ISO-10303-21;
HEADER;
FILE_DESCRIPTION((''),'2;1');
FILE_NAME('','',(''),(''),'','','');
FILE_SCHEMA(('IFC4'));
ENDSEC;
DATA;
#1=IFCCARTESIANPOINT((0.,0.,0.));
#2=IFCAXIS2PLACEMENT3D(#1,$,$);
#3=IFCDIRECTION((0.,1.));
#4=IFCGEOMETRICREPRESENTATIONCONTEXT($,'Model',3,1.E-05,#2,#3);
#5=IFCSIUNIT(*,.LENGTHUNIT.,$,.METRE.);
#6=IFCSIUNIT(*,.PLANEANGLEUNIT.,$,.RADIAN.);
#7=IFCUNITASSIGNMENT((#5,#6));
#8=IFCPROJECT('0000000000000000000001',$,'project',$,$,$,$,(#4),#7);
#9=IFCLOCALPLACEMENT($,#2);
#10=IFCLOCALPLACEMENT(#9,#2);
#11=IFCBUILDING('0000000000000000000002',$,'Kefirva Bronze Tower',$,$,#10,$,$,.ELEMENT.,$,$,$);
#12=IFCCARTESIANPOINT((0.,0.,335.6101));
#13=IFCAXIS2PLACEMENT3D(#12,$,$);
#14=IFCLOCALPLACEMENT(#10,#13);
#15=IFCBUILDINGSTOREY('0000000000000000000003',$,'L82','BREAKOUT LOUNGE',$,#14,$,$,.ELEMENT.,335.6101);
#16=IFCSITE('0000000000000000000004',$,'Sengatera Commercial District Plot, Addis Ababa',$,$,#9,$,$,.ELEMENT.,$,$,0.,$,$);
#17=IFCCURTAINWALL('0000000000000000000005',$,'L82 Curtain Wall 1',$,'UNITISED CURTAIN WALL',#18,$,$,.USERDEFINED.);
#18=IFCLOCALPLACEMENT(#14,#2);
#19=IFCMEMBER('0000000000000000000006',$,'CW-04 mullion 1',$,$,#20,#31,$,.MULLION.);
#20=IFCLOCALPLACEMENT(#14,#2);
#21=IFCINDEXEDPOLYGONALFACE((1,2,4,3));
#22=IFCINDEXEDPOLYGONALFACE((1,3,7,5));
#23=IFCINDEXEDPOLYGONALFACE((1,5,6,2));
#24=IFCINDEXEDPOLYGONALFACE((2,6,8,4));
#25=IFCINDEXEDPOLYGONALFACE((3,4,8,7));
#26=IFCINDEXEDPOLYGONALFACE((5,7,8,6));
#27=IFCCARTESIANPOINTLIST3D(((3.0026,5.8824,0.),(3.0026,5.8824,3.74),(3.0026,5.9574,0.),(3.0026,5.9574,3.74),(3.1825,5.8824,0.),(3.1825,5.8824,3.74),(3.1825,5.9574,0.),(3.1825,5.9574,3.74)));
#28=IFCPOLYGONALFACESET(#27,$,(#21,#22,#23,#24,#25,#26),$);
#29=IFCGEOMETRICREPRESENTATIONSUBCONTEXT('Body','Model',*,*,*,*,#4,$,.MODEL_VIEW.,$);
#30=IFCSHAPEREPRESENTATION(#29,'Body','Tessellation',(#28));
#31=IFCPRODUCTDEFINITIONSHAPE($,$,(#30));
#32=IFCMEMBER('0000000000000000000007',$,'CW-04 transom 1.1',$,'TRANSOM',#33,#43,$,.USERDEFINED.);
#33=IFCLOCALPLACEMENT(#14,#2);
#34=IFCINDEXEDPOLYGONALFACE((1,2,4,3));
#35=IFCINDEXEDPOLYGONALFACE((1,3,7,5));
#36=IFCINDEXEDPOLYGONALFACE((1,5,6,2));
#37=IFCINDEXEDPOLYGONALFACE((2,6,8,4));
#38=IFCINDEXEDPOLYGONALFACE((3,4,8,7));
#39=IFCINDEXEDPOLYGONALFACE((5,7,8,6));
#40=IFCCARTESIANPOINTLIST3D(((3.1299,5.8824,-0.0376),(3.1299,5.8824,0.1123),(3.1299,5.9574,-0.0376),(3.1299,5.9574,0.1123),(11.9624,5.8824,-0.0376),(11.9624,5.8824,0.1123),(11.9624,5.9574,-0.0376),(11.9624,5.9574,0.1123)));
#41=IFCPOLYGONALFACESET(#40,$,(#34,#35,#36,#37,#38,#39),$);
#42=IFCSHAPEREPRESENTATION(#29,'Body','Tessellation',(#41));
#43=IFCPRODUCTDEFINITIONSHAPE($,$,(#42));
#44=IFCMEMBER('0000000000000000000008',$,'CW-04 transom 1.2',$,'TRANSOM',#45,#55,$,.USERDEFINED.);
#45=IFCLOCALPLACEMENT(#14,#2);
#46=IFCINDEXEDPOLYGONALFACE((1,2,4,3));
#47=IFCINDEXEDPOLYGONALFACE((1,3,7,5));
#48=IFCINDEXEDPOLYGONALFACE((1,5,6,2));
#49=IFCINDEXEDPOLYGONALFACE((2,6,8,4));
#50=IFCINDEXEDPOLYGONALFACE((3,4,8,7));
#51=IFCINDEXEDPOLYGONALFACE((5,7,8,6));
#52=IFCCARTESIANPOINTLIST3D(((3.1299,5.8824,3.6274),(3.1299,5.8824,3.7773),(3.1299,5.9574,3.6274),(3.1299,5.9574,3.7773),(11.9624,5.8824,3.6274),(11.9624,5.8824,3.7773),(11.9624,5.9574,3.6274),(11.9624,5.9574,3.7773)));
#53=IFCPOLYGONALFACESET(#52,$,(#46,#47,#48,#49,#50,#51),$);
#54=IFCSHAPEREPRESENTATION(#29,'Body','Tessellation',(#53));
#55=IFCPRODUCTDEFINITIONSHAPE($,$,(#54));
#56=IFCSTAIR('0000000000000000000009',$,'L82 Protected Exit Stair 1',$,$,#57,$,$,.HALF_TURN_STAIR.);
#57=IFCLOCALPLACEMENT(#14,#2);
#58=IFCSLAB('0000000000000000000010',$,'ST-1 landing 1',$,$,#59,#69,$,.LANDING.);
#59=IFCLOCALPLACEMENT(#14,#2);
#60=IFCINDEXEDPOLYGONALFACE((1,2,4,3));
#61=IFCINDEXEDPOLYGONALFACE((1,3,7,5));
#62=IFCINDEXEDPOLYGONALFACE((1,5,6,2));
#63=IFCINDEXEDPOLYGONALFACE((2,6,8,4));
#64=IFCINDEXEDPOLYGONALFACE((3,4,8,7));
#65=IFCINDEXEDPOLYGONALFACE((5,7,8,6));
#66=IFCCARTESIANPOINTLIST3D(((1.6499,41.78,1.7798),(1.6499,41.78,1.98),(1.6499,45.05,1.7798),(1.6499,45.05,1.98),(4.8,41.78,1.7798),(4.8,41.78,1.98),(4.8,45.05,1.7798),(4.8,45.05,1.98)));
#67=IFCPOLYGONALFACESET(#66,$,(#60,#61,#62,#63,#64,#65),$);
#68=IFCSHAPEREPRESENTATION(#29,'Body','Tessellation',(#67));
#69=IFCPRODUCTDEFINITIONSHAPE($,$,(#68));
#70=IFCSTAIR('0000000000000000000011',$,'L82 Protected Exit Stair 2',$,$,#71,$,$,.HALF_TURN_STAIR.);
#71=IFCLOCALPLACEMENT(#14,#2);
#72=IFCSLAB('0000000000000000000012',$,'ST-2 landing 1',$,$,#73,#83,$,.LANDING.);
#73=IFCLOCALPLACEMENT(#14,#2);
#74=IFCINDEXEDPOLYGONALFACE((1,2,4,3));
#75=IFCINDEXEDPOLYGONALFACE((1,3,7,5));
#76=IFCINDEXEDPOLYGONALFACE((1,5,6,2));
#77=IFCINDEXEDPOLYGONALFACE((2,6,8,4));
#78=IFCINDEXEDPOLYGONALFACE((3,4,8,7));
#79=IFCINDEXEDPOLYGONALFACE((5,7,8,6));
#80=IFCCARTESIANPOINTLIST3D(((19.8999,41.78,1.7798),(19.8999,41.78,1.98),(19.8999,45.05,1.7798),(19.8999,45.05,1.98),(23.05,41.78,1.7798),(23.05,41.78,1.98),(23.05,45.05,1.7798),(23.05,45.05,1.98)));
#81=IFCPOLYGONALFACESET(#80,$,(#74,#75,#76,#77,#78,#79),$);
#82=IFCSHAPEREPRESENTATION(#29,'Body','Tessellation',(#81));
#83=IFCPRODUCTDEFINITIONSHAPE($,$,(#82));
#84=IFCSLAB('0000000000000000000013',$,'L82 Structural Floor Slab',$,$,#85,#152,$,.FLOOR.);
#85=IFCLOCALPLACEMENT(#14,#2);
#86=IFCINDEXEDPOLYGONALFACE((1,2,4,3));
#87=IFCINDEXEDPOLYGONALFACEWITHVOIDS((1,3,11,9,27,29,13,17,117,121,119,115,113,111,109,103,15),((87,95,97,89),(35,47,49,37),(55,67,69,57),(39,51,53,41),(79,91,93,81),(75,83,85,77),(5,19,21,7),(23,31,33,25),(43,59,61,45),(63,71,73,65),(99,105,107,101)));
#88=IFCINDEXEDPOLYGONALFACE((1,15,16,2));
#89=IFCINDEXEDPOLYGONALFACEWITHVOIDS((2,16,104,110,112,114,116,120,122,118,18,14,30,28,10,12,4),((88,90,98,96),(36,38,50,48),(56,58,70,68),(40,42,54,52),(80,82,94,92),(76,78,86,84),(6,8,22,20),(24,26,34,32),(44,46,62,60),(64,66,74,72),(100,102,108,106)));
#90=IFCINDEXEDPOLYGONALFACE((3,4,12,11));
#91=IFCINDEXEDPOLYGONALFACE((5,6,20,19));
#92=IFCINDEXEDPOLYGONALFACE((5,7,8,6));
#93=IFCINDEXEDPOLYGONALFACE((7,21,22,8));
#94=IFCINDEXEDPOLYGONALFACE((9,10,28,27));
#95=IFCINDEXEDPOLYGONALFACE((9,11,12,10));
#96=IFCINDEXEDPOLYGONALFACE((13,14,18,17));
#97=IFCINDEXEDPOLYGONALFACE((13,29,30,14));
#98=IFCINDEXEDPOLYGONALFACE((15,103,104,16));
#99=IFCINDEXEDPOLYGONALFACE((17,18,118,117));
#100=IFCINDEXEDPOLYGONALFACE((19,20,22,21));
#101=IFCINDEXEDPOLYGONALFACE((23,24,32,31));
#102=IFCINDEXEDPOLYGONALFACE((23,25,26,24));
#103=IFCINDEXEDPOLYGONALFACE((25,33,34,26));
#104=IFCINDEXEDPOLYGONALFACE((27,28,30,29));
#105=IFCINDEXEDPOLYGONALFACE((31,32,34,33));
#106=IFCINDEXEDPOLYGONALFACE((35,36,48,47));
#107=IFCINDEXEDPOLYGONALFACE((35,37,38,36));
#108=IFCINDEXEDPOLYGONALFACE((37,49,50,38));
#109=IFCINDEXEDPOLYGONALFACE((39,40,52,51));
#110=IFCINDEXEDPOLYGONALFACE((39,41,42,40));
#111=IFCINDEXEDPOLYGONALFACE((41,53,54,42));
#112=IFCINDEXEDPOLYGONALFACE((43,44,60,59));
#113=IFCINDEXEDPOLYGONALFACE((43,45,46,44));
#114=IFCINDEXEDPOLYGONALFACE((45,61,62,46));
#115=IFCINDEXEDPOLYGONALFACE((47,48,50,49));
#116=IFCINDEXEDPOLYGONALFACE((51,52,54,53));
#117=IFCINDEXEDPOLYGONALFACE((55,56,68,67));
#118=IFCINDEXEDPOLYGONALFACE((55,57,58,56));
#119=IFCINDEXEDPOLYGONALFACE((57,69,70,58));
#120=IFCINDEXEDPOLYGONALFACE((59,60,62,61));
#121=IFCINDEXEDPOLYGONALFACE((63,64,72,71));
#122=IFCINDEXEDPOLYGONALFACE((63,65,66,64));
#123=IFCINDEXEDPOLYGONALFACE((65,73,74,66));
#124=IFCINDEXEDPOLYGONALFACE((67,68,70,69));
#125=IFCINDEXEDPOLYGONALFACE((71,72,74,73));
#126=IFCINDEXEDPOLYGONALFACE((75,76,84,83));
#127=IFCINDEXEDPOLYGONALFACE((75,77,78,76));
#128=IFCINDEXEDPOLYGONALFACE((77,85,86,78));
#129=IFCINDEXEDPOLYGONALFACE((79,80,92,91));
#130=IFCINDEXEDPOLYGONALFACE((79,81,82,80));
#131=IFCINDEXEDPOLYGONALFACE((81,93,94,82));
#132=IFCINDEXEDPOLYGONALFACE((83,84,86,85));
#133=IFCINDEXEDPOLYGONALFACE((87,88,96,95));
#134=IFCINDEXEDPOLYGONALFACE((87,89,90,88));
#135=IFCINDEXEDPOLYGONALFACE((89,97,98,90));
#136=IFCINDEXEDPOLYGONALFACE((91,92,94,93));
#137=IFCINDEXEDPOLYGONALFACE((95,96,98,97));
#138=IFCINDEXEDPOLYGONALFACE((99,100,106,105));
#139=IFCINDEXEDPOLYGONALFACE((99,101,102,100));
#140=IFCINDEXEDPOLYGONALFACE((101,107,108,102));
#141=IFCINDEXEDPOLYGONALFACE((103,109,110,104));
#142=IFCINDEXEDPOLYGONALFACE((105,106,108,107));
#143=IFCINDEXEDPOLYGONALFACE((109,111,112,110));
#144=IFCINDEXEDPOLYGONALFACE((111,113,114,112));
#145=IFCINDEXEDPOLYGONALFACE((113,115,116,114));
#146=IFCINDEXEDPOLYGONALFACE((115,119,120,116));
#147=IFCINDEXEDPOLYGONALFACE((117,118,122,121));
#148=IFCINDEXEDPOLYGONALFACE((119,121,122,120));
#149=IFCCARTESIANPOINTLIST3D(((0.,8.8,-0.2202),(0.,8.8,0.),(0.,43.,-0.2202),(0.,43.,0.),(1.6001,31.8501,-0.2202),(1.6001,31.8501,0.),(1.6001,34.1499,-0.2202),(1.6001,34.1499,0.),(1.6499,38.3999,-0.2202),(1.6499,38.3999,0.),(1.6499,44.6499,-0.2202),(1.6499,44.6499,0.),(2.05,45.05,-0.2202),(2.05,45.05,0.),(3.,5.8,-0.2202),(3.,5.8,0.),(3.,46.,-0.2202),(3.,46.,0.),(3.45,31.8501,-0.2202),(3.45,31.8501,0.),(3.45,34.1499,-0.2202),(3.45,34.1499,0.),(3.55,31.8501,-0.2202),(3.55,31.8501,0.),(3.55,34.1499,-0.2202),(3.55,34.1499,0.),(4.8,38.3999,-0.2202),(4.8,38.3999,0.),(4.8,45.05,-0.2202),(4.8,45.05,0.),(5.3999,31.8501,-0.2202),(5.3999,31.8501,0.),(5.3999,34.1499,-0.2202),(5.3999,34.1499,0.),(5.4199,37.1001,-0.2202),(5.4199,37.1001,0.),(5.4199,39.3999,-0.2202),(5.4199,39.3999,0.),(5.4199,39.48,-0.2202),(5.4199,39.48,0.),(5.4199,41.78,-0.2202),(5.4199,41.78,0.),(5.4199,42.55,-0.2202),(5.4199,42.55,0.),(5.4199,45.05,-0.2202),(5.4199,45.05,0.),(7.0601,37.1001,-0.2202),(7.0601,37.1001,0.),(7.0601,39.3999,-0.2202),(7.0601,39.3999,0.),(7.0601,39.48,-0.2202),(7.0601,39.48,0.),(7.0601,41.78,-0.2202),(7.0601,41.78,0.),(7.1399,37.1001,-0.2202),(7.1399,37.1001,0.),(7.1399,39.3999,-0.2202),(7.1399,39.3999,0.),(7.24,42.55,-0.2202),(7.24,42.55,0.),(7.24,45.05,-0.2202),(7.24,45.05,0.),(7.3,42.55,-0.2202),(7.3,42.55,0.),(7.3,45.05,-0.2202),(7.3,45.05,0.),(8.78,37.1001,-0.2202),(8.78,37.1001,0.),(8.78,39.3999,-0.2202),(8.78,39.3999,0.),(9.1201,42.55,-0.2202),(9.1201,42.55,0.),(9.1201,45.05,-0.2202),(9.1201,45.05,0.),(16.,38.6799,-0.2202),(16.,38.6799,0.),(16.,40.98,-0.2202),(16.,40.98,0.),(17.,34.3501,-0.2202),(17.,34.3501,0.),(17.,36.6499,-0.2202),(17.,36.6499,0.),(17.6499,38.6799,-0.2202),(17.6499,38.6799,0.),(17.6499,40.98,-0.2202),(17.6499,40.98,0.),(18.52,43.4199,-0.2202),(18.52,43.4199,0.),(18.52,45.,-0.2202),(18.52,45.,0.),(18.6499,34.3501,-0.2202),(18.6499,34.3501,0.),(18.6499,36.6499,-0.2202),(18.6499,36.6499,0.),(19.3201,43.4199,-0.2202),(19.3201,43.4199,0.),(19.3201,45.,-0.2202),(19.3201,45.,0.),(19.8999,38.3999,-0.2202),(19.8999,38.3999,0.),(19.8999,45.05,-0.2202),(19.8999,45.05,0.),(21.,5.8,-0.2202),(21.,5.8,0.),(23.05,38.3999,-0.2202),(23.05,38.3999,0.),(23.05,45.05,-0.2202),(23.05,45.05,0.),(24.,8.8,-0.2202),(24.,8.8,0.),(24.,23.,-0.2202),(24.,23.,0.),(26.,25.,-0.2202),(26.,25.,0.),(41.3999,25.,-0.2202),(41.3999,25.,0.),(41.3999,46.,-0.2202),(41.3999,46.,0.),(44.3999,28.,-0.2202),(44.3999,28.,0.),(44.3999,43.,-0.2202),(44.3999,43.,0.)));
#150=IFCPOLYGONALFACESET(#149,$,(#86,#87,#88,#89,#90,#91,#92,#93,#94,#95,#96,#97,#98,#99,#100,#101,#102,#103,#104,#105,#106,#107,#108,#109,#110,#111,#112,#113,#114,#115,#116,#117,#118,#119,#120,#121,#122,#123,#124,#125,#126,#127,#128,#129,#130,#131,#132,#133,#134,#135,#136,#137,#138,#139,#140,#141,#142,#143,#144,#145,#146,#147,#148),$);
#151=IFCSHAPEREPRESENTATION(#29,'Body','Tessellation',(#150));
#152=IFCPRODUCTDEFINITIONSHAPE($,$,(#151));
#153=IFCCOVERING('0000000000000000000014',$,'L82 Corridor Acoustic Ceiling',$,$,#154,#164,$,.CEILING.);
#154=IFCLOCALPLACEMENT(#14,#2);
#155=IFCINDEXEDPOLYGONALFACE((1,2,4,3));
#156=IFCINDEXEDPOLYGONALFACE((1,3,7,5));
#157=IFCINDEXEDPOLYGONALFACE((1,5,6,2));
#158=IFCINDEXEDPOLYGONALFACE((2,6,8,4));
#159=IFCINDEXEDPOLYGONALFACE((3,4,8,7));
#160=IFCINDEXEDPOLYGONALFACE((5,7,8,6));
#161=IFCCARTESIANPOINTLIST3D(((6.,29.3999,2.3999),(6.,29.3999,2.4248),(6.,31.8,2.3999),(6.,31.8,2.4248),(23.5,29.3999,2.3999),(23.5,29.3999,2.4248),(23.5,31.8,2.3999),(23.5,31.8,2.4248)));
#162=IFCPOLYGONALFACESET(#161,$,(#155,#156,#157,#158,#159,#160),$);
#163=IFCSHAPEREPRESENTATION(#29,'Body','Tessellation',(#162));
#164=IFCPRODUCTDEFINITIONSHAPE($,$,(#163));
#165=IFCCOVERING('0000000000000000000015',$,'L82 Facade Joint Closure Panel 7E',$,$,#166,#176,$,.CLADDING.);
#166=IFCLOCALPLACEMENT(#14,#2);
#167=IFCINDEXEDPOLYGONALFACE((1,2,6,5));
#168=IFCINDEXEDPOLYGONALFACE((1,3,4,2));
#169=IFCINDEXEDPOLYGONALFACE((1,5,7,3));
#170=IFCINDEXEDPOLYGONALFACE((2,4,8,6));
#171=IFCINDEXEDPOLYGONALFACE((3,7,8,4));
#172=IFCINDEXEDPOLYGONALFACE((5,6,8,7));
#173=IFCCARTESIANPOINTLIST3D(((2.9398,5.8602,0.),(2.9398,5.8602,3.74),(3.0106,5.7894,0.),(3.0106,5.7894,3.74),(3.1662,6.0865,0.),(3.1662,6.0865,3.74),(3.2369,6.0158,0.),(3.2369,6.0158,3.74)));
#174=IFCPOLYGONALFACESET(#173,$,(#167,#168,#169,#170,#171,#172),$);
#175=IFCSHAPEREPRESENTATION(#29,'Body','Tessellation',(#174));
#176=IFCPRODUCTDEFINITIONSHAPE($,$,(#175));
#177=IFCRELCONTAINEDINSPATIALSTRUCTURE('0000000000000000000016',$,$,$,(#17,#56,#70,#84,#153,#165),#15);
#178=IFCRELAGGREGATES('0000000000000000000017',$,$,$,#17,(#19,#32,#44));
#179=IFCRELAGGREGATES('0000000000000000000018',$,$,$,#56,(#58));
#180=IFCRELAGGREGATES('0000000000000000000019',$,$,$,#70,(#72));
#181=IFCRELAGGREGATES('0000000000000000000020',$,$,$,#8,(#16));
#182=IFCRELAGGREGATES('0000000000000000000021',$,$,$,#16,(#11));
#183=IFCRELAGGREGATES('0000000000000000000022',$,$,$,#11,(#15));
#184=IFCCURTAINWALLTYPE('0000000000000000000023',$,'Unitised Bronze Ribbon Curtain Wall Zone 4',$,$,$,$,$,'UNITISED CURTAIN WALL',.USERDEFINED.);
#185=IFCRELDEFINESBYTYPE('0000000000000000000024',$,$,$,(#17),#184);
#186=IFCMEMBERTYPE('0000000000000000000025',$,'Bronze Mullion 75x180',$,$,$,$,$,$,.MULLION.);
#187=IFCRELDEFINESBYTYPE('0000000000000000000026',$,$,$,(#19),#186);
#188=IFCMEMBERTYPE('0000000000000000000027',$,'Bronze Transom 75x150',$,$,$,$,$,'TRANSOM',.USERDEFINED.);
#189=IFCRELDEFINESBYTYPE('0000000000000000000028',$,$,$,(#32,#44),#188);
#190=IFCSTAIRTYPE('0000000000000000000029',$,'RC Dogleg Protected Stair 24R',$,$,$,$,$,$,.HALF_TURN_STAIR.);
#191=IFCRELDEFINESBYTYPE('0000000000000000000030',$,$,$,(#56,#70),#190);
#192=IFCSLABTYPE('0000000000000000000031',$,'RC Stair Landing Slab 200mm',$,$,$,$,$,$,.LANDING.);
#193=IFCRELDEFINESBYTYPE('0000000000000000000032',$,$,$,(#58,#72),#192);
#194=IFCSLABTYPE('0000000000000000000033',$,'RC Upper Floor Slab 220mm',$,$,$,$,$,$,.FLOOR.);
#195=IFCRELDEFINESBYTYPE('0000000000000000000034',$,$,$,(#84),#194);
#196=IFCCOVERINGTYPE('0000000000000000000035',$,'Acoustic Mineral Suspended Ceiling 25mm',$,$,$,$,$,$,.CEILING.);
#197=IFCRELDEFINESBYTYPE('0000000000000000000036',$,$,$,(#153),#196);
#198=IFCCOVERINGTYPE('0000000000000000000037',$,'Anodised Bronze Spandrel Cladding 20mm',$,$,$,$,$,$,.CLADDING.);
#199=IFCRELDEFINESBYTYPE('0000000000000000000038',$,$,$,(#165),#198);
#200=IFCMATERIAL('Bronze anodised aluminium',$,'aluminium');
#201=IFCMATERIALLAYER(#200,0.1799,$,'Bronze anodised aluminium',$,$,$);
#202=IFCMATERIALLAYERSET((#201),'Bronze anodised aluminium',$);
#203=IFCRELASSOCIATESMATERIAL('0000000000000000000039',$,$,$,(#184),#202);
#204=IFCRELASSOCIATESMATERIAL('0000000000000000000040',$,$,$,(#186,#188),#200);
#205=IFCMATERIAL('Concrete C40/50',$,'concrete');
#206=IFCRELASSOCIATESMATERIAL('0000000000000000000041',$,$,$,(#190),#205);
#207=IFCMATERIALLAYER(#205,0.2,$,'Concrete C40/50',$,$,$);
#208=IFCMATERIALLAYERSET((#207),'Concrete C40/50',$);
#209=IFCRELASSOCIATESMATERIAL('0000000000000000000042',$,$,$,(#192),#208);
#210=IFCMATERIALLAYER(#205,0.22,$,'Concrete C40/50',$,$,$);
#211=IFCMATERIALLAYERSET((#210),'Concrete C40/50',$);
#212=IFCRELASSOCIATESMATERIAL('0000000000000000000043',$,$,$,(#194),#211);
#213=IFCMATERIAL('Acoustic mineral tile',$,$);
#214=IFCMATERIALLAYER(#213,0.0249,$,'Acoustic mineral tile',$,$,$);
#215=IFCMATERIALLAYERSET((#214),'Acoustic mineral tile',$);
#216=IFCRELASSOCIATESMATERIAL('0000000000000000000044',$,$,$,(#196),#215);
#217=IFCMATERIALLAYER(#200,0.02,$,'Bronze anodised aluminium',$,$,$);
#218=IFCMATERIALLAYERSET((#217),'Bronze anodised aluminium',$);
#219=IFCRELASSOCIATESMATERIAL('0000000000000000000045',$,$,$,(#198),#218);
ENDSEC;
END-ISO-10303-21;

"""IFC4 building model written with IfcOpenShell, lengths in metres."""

from ifc_helpers import new_model, si_unit, direction, frame, origin, origin_2d, place, context, subcontext, project, spatial, polyline, rectangle, outline, extrude, material, layer, layer_set, material_profile, profile_set, type_object, element, aggregate, save


model = new_model("IFC4")

# Units and contexts
model_context = context("Model", 3, precision=1e-05, world=origin(), true_north=direction((0.0, 1.0)))
body_context = subcontext(model_context, "Body", "Model", "MODEL_VIEW")
ifc_project = project(units=[si_unit("LENGTHUNIT", "METRE"), si_unit("PLANEANGLEUNIT", "RADIAN")], contexts=[model_context])

# Site, building, storey
site_placement = place(None, origin())
site = spatial("IfcSite", under=ifc_project, at=site_placement, Name="Sengatera Commercial District Plot, Addis Ababa", CompositionType="ELEMENT", RefElevation=0.0)
building_placement = place(site_placement, origin())
building = spatial("IfcBuilding", under=site, at=building_placement, Name="Kefirva Bronze Tower", CompositionType="ELEMENT")
storey_placement = place(building_placement, frame((0.0, 0.0, 335.6101)))
storey = spatial("IfcBuildingStorey", under=building, at=storey_placement, Name="L82", Description="BREAKOUT LOUNGE", CompositionType="ELEMENT", Elevation=335.6101)

# Curtain wall, members
ifc_material_1 = material(Name="Bronze anodised aluminium", Category="aluminium")
ifc_layer_1 = layer(ifc_material_1, 0.1799, Name="Bronze anodised aluminium")
ifc_layer_set_1 = layer_set([ifc_layer_1], Name="Bronze anodised aluminium")
curtain_wall_type = type_object("IfcCurtainWallType", Name="Unitised Bronze Ribbon Curtain Wall Zone 4", ElementType="UNITISED CURTAIN WALL", PredefinedType="USERDEFINED", material=ifc_layer_set_1)
curtain_wall_placement = place(storey_placement, origin())
curtain_wall = element("IfcCurtainWall", 1, at=curtain_wall_placement, inside=storey, type_object=curtain_wall_type, Name="L82 Curtain Wall 1", ObjectType="UNITISED CURTAIN WALL", PredefinedType="USERDEFINED")
ifc_material_profile_1 = material_profile(ifc_material_1, rectangle(XDim=0.075, YDim=0.1799, at=origin_2d()), Name="ALU 75x180")
ifc_profile_set_1 = profile_set([ifc_material_profile_1], Name="Bronze anodised aluminium")
member_type_1 = type_object("IfcMemberType", Name="Bronze Mullion 75x180", PredefinedType="MULLION", material=ifc_profile_set_1)
member_1_placement = place(storey_placement, frame((3.0925, 5.9199, 0.0), z_axis=(0.0, 0.0, 1.0), x_axis=(0.0, 1.0, 0.0)))
member_1 = element("IfcMember", 2, at=member_1_placement, type_object=member_type_1, Name="CW-04 mullion 1", PredefinedType="MULLION", context=body_context, shape_type="SweptSolid", body=[
    extrude(rectangle(XDim=0.075, YDim=0.1799, at=origin_2d()), origin(), (0.0, 0.0, 1.0), 3.74),
])
ifc_material_profile_2 = material_profile(ifc_material_1, rectangle(XDim=0.075, YDim=0.1499, at=origin_2d()), Name="ALU 75x150")
ifc_profile_set_2 = profile_set([ifc_material_profile_2], Name="Bronze anodised aluminium")
member_type_2 = type_object("IfcMemberType", Name="Bronze Transom 75x150", ElementType="TRANSOM", PredefinedType="USERDEFINED", material=ifc_profile_set_2)
member_2_placement = place(storey_placement, frame((3.1299, 5.9199, 0.0374), z_axis=(1.0, 0.0, 0.0), x_axis=(0.0, 1.0, 0.0)))
member_2 = element("IfcMember", 3, at=member_2_placement, type_object=member_type_2, Name="CW-04 transom 1.1", ObjectType="TRANSOM", PredefinedType="USERDEFINED", context=body_context, shape_type="SweptSolid", body=[
    extrude(rectangle(XDim=0.075, YDim=0.1499, at=origin_2d()), origin(), (0.0, 0.0, 1.0), 8.8325),
])
member_3_placement = place(storey_placement, frame((3.1299, 5.9199, 3.7024), z_axis=(1.0, 0.0, 0.0), x_axis=(0.0, 1.0, 0.0)))
member_3 = element("IfcMember", 4, at=member_3_placement, type_object=member_type_2, Name="CW-04 transom 1.2", ObjectType="TRANSOM", PredefinedType="USERDEFINED", context=body_context, shape_type="SweptSolid", body=[
    extrude(rectangle(XDim=0.075, YDim=0.1499, at=origin_2d()), origin(), (0.0, 0.0, 1.0), 8.8325),
])
aggregate(curtain_wall, [member_1, member_2, member_3])

# Stairs, slabs
ifc_material_2 = material(Name="Concrete C40/50", Category="concrete")
stair_type = type_object("IfcStairType", Name="RC Dogleg Protected Stair 24R", PredefinedType="HALF_TURN_STAIR", material=ifc_material_2)
stair_1_placement = place(storey_placement, origin())
stair_1 = element("IfcStair", 5, at=stair_1_placement, inside=storey, type_object=stair_type, Name="L82 Protected Exit Stair 1", PredefinedType="HALF_TURN_STAIR")
ifc_layer_2 = layer(ifc_material_2, 0.2, Name="Concrete C40/50")
ifc_layer_set_2 = layer_set([ifc_layer_2], Name="Concrete C40/50")
slab_type_1 = type_object("IfcSlabType", Name="RC Stair Landing Slab 200mm", PredefinedType="LANDING", material=ifc_layer_set_2)
slab_1_placement = place(storey_placement, frame((0.0, 0.0, 1.7798)))
slab_1 = element("IfcSlab", 6, at=slab_1_placement, type_object=slab_type_1, Name="ST-1 landing 1", PredefinedType="LANDING", context=body_context, shape_type="SweptSolid", body=[
    extrude(outline(polyline([(4.8, 41.78), (4.8, 45.05), (1.6499, 45.05), (1.6499, 41.78), (4.8, 41.78)])), origin(), (0.0, 0.0, 1.0), 0.2002),
])
aggregate(stair_1, [slab_1])
stair_2_placement = place(storey_placement, origin())
stair_2 = element("IfcStair", 7, at=stair_2_placement, inside=storey, type_object=stair_type, Name="L82 Protected Exit Stair 2", PredefinedType="HALF_TURN_STAIR")
slab_2_placement = place(storey_placement, frame((0.0, 0.0, 1.7798)))
slab_2 = element("IfcSlab", 8, at=slab_2_placement, type_object=slab_type_1, Name="ST-2 landing 1", PredefinedType="LANDING", context=body_context, shape_type="SweptSolid", body=[
    extrude(outline(polyline([(23.05, 41.78), (23.05, 45.05), (19.8999, 45.05), (19.8999, 41.78), (23.05, 41.78)])), origin(), (0.0, 0.0, 1.0), 0.2002),
])
aggregate(stair_2, [slab_2])

# Slab
ifc_layer_3 = layer(ifc_material_2, 0.22, Name="Concrete C40/50")
ifc_layer_set_3 = layer_set([ifc_layer_3], Name="Concrete C40/50")
slab_type_2 = type_object("IfcSlabType", Name="RC Upper Floor Slab 220mm", PredefinedType="FLOOR", material=ifc_layer_set_3)
slab_3_placement = place(storey_placement, frame((0.0, 0.0, -0.2202)))
element("IfcSlab", 9, at=slab_3_placement, inside=storey, type_object=slab_type_2, Name="L82 Structural Floor Slab", PredefinedType="FLOOR", context=body_context, shape_type="SweptSolid", body=[
    extrude(outline(polyline([(0.0, 8.8), (0.0, 43.0), (1.6499, 44.6499), (1.6499, 38.3999), (4.8, 38.3999), (4.8, 45.05), (2.05, 45.05), (3.0, 46.0), (41.3999, 46.0), (44.3999, 43.0), (44.3999, 28.0), (41.3999, 25.0), (26.0, 25.0), (24.0, 23.0), (24.0, 8.8), (21.0, 5.8), (3.0, 5.8), (0.0, 8.8)]), holes=[polyline([(23.05, 45.05), (19.8999, 45.05), (19.8999, 38.3999), (23.05, 38.3999), (23.05, 45.05)]), polyline([(19.3201, 43.4199), (19.3201, 45.0), (18.52, 45.0), (18.52, 43.4199), (19.3201, 43.4199)]), polyline([(18.6499, 36.6499), (17.0, 36.6499), (17.0, 34.3501), (18.6499, 34.3501), (18.6499, 36.6499)]), polyline([(17.6499, 38.6799), (17.6499, 40.98), (16.0, 40.98), (16.0, 38.6799), (17.6499, 38.6799)]), polyline([(9.1201, 42.55), (9.1201, 45.05), (7.3, 45.05), (7.3, 42.55), (9.1201, 42.55)]), polyline([(8.78, 37.1001), (8.78, 39.3999), (7.1399, 39.3999), (7.1399, 37.1001), (8.78, 37.1001)]), polyline([(7.24, 42.55), (7.24, 45.05), (5.4199, 45.05), (5.4199, 42.55), (7.24, 42.55)]), polyline([(7.0601, 37.1001), (7.0601, 39.3999), (5.4199, 39.3999), (5.4199, 37.1001), (7.0601, 37.1001)]), polyline([(7.0601, 41.78), (5.4199, 41.78), (5.4199, 39.48), (7.0601, 39.48), (7.0601, 41.78)]), polyline([(5.3999, 31.8501), (5.3999, 34.1499), (3.55, 34.1499), (3.55, 31.8501), (5.3999, 31.8501)]), polyline([(3.45, 34.1499), (1.6001, 34.1499), (1.6001, 31.8501), (3.45, 31.8501), (3.45, 34.1499)])]), origin(), (0.0, 0.0, 1.0), 0.2202),
])

# Coverings
ifc_material_3 = material(Name="Acoustic mineral tile")
ifc_layer_4 = layer(ifc_material_3, 0.0249, Name="Acoustic mineral tile")
ifc_layer_set_4 = layer_set([ifc_layer_4], Name="Acoustic mineral tile")
covering_type_1 = type_object("IfcCoveringType", Name="Acoustic Mineral Suspended Ceiling 25mm", PredefinedType="CEILING", material=ifc_layer_set_4)
covering_1_placement = place(storey_placement, frame((0.0, 0.0, 2.3999)))
element("IfcCovering", 10, at=covering_1_placement, inside=storey, type_object=covering_type_1, Name="L82 Corridor Acoustic Ceiling", PredefinedType="CEILING", context=body_context, shape_type="SweptSolid", body=[
    extrude(outline(polyline([(6.0, 29.3999), (23.5, 29.3999), (23.5, 31.8), (6.0, 31.8), (6.0, 29.3999)])), origin(), (0.0, 0.0, 1.0), 0.0249),
])
ifc_layer_5 = layer(ifc_material_1, 0.02, Name="Bronze anodised aluminium")
ifc_layer_set_5 = layer_set([ifc_layer_5], Name="Bronze anodised aluminium")
covering_type_2 = type_object("IfcCoveringType", Name="Anodised Bronze Spandrel Cladding 20mm", PredefinedType="CLADDING", material=ifc_layer_set_5)
covering_2_placement = place(storey_placement, frame((3.0884, 5.938, 0.0), z_axis=(0.0, 0.0, 1.0), x_axis=(0.707107, -0.707107, 0.0)))
element("IfcCovering", 11, at=covering_2_placement, inside=storey, type_object=covering_type_2, Name="L82 Facade Joint Closure Panel 7E", PredefinedType="CLADDING", context=body_context, shape_type="SweptSolid", body=[
    extrude(rectangle(XDim=0.1001, YDim=0.3201, at=origin_2d()), origin(), (0.0, 0.0, 1.0), 3.74),
])

save(model, "model.ifc")
